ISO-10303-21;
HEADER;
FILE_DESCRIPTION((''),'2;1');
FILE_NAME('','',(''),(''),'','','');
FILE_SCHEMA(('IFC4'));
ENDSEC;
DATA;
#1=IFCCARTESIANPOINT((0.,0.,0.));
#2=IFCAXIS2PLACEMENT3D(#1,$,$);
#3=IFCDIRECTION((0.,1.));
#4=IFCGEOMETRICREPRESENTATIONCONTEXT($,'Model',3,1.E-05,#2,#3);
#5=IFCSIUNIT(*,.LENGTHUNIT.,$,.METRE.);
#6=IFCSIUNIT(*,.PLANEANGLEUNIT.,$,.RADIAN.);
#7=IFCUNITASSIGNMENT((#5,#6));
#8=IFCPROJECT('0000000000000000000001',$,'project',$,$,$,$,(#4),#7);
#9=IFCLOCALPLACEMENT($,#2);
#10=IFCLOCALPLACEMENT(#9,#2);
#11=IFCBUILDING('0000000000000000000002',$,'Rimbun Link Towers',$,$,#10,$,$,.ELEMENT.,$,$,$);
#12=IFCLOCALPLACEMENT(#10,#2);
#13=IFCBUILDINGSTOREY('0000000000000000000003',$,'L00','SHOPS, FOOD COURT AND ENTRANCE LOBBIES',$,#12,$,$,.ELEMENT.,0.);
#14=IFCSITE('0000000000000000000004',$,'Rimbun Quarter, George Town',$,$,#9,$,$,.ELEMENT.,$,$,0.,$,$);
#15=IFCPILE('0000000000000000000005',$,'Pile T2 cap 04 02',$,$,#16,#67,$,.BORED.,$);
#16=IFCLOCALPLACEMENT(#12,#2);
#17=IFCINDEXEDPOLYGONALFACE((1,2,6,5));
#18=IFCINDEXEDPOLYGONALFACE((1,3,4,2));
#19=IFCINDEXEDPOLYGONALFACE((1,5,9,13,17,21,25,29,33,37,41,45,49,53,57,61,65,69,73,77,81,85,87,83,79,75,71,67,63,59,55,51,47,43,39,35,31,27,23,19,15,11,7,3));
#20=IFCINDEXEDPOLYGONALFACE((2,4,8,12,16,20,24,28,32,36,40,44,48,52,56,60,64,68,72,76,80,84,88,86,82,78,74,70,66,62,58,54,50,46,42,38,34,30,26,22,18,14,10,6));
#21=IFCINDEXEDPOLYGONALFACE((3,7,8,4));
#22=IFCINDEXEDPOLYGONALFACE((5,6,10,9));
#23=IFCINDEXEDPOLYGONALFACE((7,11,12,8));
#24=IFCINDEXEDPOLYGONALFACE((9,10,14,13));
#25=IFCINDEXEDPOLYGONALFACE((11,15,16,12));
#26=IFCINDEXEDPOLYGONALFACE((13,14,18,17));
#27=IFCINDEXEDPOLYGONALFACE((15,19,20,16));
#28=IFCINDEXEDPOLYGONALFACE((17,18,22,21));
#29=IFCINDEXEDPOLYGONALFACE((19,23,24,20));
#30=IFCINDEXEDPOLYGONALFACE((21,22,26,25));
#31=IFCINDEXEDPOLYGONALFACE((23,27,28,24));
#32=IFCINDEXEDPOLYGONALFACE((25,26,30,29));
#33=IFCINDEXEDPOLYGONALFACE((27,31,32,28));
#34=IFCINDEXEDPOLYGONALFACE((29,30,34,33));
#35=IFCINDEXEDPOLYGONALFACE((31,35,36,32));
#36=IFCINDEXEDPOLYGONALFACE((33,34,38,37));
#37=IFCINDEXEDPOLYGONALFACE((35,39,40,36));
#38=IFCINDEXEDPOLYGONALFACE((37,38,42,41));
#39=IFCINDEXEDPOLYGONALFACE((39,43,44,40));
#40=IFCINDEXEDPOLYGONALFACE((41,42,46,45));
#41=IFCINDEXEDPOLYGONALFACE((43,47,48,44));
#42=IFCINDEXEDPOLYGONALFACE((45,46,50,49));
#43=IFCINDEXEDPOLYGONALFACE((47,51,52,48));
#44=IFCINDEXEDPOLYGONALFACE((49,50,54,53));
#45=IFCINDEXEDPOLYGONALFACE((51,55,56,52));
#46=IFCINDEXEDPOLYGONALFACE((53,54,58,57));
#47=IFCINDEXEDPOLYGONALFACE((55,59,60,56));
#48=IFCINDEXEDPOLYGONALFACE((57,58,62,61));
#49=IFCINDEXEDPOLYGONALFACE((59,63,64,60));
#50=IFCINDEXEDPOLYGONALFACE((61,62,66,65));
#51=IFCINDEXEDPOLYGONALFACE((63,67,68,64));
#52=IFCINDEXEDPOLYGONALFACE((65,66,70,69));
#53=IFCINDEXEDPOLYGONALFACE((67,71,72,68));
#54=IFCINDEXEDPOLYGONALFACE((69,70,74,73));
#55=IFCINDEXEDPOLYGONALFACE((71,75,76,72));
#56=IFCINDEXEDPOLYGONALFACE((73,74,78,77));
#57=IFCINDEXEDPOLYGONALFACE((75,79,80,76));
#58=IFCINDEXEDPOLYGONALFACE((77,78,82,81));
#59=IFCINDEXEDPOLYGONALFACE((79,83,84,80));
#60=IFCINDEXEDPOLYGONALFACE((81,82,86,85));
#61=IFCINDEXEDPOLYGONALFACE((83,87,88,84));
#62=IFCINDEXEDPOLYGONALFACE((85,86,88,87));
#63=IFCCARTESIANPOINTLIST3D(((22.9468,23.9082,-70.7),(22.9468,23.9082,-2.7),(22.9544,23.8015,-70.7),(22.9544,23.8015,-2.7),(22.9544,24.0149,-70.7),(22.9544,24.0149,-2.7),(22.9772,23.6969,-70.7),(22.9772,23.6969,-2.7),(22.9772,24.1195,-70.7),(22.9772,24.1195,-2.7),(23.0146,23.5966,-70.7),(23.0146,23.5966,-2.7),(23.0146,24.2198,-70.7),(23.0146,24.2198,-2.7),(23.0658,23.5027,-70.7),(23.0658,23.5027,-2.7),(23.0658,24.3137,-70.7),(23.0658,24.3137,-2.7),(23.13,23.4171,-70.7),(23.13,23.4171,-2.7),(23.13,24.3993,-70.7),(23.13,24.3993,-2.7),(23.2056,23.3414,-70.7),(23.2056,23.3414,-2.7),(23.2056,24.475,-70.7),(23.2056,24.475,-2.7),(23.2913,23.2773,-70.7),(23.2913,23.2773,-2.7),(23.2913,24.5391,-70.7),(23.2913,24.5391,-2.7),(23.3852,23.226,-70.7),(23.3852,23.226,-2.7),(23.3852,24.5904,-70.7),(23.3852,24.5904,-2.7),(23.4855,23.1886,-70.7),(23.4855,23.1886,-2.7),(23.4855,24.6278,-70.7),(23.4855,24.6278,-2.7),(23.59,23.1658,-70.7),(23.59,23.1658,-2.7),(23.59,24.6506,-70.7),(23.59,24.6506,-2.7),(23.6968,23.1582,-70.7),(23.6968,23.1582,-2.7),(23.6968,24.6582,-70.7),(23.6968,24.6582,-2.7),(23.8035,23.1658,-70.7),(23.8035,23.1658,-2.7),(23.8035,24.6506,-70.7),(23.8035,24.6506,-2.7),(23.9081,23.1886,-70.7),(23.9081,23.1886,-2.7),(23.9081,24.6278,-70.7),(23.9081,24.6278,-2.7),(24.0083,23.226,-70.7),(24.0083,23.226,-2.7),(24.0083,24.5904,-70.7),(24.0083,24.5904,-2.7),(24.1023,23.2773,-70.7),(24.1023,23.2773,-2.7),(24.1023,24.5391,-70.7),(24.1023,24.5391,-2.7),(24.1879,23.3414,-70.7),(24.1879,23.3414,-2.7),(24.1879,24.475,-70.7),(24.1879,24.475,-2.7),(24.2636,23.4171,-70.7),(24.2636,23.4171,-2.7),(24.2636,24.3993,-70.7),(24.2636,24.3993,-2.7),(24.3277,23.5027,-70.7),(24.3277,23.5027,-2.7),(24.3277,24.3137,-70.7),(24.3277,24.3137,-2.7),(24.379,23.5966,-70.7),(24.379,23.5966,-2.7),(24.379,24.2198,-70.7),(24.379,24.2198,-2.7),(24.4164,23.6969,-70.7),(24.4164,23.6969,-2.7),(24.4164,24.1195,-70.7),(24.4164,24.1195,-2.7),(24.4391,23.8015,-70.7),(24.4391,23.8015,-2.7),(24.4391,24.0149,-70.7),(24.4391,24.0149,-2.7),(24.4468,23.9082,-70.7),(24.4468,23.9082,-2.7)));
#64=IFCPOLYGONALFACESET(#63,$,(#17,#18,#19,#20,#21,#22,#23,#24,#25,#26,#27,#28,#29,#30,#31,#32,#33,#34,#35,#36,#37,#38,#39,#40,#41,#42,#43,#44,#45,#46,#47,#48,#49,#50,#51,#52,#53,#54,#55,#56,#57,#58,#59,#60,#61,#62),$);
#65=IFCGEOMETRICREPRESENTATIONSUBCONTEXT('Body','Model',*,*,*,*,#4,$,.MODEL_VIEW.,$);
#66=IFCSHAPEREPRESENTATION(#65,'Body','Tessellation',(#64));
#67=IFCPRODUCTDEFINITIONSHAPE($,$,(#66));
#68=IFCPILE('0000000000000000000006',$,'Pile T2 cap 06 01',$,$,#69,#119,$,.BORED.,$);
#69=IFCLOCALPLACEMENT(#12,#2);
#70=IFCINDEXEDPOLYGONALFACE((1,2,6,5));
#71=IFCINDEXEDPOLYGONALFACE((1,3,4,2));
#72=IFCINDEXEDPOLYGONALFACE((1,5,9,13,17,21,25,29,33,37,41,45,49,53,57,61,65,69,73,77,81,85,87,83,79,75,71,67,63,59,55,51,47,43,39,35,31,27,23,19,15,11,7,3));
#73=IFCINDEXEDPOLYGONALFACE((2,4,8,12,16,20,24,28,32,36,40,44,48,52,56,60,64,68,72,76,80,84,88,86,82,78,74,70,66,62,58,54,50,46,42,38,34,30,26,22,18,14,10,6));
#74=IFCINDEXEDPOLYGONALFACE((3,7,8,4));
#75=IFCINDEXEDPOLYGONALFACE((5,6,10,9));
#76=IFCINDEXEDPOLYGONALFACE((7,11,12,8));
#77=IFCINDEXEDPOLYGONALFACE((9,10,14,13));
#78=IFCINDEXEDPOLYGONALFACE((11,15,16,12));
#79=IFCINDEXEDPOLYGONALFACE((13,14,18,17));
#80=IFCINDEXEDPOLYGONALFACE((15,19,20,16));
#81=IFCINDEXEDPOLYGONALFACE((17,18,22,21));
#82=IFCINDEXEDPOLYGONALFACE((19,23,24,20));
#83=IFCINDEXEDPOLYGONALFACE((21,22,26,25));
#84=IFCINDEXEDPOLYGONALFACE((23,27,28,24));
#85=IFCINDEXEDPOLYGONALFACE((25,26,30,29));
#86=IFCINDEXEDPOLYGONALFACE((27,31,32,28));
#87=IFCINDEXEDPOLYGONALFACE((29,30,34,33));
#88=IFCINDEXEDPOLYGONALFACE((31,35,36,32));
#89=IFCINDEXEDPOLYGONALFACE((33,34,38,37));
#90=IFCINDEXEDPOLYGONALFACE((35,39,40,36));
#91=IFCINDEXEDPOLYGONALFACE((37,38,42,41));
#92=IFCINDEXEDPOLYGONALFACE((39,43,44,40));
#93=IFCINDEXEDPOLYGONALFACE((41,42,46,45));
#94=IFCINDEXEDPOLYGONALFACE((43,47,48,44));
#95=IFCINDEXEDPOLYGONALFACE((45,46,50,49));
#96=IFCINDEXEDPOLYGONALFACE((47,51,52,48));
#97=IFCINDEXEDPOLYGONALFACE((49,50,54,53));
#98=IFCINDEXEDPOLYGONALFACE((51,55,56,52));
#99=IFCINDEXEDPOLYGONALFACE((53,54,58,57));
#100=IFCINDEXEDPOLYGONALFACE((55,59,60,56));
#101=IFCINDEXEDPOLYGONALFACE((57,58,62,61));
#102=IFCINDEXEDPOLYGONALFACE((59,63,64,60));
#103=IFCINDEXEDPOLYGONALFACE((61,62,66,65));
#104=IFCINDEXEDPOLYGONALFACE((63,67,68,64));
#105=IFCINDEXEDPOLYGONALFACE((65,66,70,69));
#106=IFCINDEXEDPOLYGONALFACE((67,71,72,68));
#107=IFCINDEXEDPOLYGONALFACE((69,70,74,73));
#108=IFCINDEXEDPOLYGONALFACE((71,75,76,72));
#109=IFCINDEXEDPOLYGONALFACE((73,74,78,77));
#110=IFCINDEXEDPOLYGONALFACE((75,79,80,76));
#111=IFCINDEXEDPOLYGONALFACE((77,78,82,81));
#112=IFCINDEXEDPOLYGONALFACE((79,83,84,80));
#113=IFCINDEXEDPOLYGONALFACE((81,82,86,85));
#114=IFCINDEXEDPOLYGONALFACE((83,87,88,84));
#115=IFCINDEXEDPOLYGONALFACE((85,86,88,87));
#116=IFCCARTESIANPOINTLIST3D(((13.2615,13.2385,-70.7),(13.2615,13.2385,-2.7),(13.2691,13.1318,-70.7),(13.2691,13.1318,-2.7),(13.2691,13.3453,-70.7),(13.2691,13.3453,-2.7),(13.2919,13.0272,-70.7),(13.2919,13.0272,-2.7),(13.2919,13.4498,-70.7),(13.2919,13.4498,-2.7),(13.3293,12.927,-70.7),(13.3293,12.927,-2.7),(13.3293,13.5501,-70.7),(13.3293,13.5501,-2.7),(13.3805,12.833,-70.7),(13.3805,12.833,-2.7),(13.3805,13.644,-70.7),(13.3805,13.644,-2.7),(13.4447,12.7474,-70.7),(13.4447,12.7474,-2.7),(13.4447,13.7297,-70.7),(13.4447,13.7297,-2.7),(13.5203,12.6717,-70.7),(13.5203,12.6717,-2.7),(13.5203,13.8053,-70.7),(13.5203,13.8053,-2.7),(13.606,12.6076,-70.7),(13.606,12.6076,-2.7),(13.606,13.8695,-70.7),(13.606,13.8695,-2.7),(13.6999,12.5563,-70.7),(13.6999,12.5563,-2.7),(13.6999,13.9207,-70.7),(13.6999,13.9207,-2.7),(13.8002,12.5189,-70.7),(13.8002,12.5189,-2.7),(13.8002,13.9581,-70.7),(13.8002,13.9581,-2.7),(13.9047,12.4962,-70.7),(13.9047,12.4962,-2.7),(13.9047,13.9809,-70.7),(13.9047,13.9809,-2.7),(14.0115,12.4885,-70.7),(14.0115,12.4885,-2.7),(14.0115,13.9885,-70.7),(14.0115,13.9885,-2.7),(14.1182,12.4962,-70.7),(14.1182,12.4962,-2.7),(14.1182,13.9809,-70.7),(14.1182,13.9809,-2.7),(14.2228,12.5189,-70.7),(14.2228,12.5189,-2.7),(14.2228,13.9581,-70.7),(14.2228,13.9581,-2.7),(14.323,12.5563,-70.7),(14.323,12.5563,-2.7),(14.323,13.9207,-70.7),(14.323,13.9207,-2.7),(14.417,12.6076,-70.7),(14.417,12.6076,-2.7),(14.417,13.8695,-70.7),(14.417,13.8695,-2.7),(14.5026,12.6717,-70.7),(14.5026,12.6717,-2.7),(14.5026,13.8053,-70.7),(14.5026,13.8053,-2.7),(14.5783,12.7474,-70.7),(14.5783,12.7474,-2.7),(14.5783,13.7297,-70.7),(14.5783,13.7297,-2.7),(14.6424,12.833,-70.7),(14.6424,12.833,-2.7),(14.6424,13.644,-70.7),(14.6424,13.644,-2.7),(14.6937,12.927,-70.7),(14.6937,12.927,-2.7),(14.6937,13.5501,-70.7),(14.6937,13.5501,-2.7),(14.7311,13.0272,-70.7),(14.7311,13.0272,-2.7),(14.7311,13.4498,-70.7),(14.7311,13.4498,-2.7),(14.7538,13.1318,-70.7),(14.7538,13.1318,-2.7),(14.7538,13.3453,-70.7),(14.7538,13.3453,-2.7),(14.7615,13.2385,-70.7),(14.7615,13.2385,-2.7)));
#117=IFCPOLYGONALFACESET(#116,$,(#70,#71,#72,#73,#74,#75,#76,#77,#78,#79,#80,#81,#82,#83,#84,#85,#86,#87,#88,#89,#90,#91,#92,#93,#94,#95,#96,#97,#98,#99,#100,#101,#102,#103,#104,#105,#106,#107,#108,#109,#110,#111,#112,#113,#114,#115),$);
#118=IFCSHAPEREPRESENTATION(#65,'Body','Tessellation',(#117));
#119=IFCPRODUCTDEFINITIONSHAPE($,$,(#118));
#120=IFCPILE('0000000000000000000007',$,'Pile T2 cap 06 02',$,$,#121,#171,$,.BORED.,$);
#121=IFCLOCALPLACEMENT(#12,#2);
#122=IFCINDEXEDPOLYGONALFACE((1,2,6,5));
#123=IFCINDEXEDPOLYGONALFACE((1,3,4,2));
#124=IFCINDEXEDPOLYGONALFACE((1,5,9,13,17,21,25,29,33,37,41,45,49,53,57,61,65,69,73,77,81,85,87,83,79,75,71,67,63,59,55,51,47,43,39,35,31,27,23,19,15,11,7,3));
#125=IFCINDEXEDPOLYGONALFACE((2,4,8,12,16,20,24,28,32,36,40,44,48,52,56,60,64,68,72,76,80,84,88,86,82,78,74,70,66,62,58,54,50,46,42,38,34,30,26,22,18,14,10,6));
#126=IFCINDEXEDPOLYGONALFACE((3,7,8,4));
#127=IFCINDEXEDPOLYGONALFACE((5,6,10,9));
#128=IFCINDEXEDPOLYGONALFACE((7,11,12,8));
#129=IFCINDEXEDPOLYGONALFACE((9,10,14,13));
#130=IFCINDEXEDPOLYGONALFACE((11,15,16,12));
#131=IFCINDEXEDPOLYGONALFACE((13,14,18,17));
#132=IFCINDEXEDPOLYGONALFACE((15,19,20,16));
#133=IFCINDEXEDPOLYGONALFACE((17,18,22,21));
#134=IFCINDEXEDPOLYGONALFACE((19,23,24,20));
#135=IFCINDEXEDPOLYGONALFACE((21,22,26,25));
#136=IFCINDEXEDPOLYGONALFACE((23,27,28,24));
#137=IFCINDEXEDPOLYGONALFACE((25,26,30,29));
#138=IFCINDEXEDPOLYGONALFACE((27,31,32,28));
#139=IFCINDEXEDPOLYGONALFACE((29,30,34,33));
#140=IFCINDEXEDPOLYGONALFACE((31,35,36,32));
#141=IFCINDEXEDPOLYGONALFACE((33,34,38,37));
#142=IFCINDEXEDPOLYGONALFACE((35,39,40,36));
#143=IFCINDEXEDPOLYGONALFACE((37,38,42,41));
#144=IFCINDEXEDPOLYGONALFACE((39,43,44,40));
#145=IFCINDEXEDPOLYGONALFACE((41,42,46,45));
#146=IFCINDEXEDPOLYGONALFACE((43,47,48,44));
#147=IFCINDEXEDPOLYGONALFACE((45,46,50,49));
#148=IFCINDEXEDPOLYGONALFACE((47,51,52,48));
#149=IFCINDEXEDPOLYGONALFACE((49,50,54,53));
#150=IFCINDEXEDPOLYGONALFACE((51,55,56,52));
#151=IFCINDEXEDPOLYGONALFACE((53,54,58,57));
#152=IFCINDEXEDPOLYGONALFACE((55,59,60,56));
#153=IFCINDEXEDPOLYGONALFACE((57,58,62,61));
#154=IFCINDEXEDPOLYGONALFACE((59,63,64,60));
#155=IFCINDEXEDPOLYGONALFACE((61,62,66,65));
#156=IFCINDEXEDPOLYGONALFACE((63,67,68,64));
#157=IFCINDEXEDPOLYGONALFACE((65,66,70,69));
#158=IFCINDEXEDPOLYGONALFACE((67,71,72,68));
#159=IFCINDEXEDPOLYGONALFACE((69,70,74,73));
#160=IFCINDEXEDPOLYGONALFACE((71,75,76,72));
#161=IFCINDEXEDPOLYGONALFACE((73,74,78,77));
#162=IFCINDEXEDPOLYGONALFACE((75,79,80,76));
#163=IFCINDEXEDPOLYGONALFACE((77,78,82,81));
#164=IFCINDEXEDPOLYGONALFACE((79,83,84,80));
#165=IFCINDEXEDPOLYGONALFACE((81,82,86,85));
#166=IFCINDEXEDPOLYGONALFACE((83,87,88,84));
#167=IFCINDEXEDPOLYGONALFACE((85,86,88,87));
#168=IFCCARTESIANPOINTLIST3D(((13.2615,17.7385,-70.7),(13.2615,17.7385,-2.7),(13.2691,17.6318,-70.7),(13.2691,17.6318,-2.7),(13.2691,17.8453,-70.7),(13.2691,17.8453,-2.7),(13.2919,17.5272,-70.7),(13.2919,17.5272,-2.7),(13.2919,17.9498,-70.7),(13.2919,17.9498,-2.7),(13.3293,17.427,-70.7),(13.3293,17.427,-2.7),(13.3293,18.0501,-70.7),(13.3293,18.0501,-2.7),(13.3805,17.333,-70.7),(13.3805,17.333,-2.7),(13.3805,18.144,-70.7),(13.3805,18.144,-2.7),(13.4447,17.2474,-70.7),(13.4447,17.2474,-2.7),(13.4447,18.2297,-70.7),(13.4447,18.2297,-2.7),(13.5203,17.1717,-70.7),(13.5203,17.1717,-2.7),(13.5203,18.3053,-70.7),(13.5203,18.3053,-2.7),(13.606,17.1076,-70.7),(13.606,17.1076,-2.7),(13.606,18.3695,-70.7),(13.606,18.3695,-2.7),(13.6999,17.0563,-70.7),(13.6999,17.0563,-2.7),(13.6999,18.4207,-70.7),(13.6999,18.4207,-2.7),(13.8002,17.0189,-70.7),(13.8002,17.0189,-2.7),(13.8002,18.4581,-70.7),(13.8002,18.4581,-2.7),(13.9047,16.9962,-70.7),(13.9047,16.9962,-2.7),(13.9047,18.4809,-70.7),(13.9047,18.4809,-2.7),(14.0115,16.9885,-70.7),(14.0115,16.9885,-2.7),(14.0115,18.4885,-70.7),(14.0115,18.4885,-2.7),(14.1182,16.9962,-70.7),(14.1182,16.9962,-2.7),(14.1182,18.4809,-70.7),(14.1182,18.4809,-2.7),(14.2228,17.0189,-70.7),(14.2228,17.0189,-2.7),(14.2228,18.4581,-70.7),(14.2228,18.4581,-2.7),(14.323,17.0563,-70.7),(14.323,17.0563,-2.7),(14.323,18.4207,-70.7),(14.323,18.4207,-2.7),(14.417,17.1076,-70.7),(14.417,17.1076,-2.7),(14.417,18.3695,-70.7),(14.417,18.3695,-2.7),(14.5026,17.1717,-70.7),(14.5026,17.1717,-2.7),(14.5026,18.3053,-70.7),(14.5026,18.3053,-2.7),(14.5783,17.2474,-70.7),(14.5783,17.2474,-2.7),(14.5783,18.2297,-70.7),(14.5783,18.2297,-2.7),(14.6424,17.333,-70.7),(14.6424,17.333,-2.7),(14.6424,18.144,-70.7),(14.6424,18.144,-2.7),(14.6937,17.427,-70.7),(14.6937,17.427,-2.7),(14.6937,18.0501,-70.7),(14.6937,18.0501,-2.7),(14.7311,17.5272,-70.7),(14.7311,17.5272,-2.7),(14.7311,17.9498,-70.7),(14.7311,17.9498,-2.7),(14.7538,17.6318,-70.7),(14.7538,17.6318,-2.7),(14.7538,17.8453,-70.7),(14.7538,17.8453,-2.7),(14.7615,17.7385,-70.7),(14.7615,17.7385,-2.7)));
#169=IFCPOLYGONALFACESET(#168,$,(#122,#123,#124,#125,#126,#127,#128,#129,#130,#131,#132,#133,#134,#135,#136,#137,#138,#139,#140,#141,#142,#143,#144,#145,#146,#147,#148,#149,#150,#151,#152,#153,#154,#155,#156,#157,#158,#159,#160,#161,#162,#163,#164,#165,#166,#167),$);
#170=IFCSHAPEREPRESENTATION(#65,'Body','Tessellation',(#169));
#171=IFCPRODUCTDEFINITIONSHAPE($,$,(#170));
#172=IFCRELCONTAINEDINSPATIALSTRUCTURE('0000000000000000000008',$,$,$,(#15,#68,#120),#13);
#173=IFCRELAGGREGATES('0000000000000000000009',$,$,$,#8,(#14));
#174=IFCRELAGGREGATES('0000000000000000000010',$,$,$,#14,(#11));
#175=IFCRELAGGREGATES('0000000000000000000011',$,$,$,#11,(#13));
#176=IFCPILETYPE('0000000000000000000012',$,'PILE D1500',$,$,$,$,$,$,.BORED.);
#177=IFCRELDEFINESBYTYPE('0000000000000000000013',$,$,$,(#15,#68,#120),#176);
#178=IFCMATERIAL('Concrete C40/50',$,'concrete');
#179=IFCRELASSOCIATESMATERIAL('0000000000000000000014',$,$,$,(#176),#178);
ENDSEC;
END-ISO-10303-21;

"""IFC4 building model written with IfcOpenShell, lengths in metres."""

from ifc_helpers import new_model, si_unit, direction, frame, origin, origin_2d, place, context, subcontext, project, spatial, circle, extrude, material, material_profile, profile_set, type_object, element, save


model = new_model("IFC4")

# Units and contexts
model_context = context("Model", 3, precision=1e-05, world=origin(), true_north=direction((0.0, 1.0)))
body_context = subcontext(model_context, "Body", "Model", "MODEL_VIEW")
ifc_project = project(units=[si_unit("LENGTHUNIT", "METRE"), si_unit("PLANEANGLEUNIT", "RADIAN")], contexts=[model_context])

# Site, building, storey
site_placement = place(None, origin())
site = spatial("IfcSite", under=ifc_project, at=site_placement, Name="Rimbun Quarter, George Town", CompositionType="ELEMENT", RefElevation=0.0)
building_placement = place(site_placement, origin())
building = spatial("IfcBuilding", under=site, at=building_placement, Name="Rimbun Link Towers", CompositionType="ELEMENT")
storey_placement = place(building_placement, origin())
storey = spatial("IfcBuildingStorey", under=building, at=storey_placement, Name="L00", Description="SHOPS, FOOD COURT AND ENTRANCE LOBBIES", CompositionType="ELEMENT", Elevation=0.0)

# Piles
ifc_material_1 = material(Name="Concrete C40/50", Category="concrete")
ifc_material_profile_1 = material_profile(ifc_material_1, circle(Radius=0.75, at=origin_2d()), Name="PILE D1500")
ifc_profile_set_1 = profile_set([ifc_material_profile_1], Name="Concrete C40/50")
pile_type = type_object("IfcPileType", Name="PILE D1500", PredefinedType="BORED", material=ifc_profile_set_1)
for number, where, z_axis, x_axis, name in (
    (1, (23.6968, 23.9082, -2.7), (0.0, 0.0, -1.0), (1.0, 0.0, 0.0), "Pile T2 cap 04 02"),
    (2, (14.0115, 13.2385, -2.7), (0.0, 0.0, -1.0), (1.0, 0.0, 0.0), "Pile T2 cap 06 01"),
    (3, (14.0115, 17.7385, -2.7), (0.0, 0.0, -1.0), (1.0, 0.0, 0.0), "Pile T2 cap 06 02"),
):
    element("IfcPile", number, at=place(storey_placement, frame(where, z_axis=z_axis, x_axis=x_axis)), inside=storey, type_object=pile_type, Name=name, PredefinedType="BORED", context=body_context, shape_type="SweptSolid", body=[
        extrude(circle(Radius=0.75, at=origin_2d()), origin(), (0.0, 0.0, 1.0), 68.0),
    ])

save(model, "model.ifc")
